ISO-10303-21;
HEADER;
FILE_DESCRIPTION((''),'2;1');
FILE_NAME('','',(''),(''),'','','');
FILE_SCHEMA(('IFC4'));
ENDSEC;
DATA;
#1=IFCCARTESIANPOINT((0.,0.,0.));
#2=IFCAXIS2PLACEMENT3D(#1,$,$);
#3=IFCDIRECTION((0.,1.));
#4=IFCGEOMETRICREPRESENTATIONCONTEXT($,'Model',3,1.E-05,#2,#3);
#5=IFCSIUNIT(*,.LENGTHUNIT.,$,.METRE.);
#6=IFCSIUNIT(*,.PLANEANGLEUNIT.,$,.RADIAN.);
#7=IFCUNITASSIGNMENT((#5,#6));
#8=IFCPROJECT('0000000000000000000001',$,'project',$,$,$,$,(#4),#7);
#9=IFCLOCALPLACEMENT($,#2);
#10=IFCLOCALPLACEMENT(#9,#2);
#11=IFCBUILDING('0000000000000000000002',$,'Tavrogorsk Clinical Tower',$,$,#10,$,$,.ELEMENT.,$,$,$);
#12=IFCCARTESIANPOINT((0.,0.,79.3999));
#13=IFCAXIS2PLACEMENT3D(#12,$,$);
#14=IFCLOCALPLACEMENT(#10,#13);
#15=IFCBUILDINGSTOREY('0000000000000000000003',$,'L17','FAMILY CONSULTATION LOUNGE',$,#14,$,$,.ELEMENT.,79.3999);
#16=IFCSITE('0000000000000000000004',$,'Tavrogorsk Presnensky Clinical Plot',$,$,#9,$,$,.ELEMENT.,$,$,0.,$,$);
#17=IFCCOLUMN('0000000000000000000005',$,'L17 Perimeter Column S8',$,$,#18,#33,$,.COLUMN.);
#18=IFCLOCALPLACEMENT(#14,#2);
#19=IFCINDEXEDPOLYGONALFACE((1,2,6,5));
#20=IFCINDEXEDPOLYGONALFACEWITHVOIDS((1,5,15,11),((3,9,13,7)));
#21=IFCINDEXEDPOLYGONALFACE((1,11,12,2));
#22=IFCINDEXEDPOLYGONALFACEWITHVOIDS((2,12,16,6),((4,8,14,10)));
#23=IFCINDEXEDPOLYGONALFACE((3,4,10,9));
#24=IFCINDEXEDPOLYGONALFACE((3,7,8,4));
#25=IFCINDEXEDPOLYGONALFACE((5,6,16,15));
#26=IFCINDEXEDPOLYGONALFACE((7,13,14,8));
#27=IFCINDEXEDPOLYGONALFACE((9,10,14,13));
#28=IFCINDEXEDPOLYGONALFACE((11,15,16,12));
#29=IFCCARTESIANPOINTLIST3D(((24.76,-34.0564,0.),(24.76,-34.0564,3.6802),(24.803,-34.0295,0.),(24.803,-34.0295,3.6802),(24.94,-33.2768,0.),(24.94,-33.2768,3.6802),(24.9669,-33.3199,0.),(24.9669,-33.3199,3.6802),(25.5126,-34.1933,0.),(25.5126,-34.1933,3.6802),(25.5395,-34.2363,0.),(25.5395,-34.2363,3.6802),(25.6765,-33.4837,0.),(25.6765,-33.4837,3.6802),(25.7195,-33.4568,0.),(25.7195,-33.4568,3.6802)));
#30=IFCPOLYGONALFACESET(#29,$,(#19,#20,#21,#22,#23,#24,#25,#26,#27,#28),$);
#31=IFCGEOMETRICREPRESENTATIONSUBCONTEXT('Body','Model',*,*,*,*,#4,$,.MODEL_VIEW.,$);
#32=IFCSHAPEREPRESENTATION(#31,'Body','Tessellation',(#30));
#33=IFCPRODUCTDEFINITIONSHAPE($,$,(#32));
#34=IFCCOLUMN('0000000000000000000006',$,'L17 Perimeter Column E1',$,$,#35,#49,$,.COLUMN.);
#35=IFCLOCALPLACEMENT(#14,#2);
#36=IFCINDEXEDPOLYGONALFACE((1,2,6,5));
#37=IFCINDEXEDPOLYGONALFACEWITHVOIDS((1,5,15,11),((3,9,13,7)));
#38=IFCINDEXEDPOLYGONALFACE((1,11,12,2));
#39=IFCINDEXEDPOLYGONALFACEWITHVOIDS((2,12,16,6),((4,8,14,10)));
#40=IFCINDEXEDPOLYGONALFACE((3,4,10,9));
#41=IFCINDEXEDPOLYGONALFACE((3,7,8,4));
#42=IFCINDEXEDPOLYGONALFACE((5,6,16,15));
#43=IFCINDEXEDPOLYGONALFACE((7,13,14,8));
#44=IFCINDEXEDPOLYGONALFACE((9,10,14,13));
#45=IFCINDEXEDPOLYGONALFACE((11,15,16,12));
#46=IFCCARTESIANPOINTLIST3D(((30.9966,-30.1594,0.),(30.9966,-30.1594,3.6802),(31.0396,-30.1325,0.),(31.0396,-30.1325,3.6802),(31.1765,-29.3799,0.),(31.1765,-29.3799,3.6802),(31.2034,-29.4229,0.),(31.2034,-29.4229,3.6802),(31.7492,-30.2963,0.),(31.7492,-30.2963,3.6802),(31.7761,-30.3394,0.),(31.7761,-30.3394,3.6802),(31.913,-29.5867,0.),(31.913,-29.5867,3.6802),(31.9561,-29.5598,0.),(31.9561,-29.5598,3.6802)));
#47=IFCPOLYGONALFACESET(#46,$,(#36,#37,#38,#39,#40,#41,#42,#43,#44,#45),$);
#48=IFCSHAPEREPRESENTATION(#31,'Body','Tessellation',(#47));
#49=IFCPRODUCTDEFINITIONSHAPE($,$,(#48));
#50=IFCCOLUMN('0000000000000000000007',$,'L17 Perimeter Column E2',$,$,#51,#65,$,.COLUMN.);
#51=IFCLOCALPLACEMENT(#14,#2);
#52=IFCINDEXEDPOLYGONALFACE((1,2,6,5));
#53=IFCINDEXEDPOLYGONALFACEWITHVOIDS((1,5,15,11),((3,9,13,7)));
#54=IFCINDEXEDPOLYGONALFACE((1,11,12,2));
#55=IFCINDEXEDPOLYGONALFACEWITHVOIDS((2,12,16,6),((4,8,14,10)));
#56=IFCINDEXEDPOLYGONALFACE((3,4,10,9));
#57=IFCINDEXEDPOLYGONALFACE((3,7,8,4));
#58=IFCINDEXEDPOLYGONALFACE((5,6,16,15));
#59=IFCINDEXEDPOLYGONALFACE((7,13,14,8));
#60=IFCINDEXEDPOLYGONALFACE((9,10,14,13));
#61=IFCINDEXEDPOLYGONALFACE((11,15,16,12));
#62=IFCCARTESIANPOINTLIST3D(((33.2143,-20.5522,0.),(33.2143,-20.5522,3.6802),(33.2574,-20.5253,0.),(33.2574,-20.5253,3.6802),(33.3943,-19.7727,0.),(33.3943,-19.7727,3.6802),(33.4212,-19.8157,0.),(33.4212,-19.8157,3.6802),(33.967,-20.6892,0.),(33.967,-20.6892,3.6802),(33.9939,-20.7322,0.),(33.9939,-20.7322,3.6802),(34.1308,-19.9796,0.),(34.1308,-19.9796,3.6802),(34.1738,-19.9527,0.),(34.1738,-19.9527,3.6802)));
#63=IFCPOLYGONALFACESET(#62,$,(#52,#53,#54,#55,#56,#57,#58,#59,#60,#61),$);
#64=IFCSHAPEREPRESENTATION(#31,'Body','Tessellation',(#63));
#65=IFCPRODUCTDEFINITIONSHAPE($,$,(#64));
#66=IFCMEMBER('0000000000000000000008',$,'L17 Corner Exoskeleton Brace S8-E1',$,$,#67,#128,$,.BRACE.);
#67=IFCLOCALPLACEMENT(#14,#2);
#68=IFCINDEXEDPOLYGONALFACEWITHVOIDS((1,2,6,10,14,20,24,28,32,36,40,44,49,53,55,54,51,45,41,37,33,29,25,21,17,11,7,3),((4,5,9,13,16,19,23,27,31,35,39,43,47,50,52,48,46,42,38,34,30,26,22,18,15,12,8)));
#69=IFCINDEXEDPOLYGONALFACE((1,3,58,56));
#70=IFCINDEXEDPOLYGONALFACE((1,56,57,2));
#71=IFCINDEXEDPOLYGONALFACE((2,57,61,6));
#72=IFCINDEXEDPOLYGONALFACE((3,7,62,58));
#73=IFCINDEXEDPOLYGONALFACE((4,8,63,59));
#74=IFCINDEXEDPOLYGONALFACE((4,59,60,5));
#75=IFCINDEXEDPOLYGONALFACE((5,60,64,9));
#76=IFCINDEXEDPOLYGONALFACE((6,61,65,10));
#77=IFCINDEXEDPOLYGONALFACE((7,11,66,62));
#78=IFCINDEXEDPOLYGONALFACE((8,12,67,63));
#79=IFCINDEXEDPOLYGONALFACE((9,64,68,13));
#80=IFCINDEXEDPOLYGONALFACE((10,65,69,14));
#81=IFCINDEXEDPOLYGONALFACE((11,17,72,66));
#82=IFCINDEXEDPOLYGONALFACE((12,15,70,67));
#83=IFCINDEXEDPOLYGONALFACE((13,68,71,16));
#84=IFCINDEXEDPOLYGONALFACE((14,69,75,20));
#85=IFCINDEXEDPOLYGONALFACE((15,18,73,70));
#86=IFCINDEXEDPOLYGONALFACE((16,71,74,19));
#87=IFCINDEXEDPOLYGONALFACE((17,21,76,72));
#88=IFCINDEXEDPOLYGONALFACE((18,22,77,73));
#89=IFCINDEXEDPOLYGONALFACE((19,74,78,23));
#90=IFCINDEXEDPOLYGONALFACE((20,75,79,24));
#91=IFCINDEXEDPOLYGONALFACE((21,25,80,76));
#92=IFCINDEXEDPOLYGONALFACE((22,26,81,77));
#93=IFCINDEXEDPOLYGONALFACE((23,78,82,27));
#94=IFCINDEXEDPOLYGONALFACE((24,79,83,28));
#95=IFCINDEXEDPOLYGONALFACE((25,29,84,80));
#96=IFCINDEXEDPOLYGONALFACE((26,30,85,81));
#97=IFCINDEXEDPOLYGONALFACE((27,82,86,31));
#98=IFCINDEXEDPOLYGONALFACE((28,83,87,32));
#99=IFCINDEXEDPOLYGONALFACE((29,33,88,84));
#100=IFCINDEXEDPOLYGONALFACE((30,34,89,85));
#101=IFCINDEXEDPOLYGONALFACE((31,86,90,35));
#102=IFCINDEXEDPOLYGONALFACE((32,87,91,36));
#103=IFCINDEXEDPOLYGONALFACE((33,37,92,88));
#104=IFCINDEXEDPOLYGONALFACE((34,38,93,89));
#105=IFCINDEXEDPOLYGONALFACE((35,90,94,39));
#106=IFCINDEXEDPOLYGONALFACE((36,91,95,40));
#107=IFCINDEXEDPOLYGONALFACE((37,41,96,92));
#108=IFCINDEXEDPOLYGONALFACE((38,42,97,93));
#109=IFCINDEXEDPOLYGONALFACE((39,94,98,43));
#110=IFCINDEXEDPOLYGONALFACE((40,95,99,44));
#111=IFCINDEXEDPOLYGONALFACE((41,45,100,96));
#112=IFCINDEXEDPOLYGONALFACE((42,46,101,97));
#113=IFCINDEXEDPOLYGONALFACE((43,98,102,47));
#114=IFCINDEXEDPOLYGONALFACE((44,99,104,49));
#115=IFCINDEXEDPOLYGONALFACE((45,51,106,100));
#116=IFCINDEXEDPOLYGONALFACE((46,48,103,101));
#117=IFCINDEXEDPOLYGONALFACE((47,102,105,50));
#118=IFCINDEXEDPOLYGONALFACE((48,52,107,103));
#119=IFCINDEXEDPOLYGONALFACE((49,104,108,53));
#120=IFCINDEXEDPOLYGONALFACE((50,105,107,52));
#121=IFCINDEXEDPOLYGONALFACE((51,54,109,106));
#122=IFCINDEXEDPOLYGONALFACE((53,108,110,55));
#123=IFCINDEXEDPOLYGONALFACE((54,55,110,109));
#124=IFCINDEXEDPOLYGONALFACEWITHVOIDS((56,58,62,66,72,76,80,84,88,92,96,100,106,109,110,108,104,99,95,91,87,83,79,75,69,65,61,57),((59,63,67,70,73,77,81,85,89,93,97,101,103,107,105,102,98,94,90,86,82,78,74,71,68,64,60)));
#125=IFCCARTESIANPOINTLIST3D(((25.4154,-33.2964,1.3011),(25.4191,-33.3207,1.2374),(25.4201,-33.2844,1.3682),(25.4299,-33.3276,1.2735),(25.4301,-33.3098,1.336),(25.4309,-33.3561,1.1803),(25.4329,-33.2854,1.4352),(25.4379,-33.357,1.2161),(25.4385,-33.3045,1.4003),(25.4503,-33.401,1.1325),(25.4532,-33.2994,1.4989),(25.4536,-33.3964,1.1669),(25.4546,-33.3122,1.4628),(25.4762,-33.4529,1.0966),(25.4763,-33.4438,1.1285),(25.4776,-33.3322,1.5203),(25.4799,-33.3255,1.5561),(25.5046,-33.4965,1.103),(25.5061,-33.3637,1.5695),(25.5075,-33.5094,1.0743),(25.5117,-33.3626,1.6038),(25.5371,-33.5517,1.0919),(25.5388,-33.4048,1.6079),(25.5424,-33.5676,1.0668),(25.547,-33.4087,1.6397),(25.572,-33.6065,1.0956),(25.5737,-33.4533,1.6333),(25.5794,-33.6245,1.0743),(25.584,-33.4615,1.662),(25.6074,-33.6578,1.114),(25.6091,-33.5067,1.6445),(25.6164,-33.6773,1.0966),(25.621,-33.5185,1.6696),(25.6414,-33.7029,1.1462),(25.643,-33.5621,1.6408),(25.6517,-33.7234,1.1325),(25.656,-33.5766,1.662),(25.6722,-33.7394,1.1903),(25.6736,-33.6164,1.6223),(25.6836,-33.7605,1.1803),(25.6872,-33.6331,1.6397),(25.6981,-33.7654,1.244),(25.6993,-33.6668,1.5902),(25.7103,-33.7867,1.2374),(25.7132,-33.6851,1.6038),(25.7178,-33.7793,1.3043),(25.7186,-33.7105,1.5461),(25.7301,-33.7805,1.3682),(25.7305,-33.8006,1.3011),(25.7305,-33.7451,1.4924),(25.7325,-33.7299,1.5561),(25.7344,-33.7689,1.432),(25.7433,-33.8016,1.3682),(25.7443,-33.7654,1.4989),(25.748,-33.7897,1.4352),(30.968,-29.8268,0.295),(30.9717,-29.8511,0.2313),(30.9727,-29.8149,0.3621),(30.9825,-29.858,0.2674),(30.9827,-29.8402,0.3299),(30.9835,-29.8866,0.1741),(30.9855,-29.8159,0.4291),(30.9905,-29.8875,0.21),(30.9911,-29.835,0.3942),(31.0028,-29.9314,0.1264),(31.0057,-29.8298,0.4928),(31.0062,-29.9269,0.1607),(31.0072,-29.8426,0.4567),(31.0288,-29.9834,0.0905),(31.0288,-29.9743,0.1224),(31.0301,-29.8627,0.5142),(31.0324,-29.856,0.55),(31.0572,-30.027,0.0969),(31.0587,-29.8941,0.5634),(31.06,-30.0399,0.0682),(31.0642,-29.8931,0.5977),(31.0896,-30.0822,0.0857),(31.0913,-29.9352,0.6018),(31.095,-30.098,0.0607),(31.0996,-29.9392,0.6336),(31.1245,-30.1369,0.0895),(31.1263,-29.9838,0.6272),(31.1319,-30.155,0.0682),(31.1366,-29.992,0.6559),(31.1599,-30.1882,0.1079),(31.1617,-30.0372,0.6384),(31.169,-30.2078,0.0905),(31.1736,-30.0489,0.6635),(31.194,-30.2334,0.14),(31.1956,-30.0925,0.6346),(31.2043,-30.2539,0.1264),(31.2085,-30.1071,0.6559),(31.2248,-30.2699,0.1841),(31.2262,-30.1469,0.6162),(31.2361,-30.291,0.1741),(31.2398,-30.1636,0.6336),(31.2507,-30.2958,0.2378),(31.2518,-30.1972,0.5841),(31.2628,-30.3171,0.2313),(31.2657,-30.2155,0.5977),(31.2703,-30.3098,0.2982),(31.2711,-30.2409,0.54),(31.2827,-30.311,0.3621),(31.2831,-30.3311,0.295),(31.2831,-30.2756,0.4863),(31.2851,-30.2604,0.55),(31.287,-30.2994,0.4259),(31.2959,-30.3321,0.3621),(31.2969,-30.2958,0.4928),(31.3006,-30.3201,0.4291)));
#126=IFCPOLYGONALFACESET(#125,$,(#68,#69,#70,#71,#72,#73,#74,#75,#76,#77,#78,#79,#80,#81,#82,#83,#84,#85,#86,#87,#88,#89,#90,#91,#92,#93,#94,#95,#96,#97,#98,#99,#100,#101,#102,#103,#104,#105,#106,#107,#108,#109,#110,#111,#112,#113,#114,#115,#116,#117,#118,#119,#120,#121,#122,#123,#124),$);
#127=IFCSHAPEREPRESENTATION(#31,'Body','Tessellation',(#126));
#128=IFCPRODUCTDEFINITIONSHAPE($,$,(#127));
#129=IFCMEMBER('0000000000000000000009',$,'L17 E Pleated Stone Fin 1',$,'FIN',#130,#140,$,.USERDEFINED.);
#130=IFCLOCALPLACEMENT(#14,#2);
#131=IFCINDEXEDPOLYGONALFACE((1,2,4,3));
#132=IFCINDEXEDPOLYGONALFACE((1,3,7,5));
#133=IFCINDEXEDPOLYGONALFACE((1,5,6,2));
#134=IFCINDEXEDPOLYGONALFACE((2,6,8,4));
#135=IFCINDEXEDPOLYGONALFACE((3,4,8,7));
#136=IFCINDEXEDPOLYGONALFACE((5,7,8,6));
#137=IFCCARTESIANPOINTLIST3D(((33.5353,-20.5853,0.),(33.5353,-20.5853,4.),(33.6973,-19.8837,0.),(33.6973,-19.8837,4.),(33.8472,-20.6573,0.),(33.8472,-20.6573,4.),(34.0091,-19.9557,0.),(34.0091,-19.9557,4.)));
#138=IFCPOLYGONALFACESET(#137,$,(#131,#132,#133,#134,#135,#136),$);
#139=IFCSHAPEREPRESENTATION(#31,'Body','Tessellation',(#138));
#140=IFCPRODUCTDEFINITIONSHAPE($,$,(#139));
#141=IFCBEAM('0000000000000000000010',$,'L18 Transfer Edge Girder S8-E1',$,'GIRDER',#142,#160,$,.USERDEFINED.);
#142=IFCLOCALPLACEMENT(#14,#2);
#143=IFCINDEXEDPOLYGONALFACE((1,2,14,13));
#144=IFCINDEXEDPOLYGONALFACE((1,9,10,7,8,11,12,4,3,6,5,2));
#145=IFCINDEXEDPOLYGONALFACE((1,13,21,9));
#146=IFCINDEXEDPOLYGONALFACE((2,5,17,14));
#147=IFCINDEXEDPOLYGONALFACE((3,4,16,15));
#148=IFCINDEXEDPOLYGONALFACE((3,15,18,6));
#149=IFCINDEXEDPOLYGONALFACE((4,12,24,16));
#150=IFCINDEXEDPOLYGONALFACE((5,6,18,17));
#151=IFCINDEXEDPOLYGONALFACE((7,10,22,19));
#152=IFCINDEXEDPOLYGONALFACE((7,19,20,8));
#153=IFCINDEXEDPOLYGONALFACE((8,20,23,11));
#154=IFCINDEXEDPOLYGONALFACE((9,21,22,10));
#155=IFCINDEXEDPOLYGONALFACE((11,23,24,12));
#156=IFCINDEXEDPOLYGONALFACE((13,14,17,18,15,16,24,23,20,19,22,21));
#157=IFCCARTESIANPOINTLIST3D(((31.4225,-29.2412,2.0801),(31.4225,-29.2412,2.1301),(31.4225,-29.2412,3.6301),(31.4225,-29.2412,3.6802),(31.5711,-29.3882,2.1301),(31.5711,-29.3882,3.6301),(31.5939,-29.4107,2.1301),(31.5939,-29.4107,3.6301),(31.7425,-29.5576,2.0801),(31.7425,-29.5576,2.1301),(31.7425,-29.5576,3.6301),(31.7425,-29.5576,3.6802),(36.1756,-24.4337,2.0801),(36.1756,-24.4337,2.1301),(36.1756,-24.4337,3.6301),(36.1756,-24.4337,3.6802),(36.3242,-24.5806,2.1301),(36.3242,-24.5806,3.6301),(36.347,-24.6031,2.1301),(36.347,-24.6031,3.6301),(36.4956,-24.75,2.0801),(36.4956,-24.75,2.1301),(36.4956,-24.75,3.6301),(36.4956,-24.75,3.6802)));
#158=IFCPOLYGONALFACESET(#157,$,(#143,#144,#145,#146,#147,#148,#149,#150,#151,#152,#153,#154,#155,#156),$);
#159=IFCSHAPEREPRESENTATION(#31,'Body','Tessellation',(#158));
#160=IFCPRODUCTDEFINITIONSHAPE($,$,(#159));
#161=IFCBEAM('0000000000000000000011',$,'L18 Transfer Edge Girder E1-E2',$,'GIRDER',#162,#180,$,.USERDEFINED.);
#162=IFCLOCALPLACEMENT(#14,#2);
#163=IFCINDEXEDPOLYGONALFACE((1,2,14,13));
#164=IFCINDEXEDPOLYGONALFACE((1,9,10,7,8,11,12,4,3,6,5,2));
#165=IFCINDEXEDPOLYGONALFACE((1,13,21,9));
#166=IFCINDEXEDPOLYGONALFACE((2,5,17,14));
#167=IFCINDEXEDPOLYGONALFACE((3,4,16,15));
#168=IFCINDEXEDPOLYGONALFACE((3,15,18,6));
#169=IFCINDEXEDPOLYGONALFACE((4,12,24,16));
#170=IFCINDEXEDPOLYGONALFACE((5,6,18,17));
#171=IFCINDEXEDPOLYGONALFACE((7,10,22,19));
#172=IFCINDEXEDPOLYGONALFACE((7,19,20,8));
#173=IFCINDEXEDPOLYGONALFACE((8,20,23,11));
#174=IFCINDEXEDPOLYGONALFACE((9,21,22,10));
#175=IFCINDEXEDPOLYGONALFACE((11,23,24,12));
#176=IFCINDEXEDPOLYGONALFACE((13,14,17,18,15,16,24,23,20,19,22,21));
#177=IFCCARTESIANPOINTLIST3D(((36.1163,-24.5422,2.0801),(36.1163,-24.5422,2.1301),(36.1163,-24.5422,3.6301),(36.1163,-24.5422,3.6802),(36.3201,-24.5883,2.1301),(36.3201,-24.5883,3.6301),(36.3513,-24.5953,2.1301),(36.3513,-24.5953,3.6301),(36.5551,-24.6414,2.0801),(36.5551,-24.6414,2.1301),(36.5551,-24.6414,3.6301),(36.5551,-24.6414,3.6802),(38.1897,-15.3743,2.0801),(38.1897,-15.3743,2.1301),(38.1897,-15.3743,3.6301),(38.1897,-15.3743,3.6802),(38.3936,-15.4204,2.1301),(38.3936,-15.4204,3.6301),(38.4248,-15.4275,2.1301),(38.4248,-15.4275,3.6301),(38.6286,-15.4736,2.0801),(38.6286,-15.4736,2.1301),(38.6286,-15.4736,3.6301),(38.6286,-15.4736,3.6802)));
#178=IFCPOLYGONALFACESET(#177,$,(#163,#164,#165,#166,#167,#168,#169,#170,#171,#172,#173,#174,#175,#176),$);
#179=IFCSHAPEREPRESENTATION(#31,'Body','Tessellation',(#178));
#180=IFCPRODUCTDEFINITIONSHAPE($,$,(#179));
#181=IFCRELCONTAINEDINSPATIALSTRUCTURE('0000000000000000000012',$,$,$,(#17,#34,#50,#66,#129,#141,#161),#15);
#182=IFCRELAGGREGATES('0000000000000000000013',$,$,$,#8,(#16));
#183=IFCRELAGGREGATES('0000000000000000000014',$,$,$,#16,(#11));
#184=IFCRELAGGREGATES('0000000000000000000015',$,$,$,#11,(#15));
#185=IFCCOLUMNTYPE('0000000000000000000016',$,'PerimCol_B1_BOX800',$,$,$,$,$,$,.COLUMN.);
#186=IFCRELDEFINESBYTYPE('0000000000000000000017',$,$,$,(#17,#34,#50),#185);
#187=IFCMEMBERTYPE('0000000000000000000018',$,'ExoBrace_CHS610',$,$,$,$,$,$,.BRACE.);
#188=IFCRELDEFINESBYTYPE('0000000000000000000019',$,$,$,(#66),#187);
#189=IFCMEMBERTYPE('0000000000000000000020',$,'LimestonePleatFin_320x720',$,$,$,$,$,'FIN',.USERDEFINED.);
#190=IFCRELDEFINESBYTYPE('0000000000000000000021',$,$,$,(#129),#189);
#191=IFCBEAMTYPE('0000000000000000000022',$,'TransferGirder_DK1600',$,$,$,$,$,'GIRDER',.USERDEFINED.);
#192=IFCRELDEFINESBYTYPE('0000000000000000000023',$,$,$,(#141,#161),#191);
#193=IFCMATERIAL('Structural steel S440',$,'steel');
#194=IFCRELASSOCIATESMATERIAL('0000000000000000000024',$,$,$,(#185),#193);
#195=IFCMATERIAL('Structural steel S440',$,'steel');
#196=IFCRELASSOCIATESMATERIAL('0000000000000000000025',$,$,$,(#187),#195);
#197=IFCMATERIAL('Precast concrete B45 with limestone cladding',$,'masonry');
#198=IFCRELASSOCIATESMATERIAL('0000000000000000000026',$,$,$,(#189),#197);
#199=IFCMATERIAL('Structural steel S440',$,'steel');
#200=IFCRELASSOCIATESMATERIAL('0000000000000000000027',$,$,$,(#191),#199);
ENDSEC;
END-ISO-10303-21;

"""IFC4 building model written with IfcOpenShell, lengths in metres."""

from ifc_helpers import new_model, si_unit, direction, frame, origin, origin_2d, place, context, subcontext, project, spatial, rectangle, hollow_rectangle, hollow_circle, i_section, extrude, material, material_profile, profile_set, type_object, element, save


model = new_model("IFC4")

# Units and contexts
model_context = context("Model", 3, precision=1e-05, world=origin(), true_north=direction((0.0, 1.0)))
body_context = subcontext(model_context, "Body", "Model", "MODEL_VIEW")
ifc_project = project(units=[si_unit("LENGTHUNIT", "METRE"), si_unit("PLANEANGLEUNIT", "RADIAN")], contexts=[model_context])

# Site, building, storey
site_placement = place(None, origin())
site = spatial("IfcSite", under=ifc_project, at=site_placement, Name="Tavrogorsk Presnensky Clinical Plot", CompositionType="ELEMENT", RefElevation=0.0)
building_placement = place(site_placement, origin())
building = spatial("IfcBuilding", under=site, at=building_placement, Name="Tavrogorsk Clinical Tower", CompositionType="ELEMENT")
storey_placement = place(building_placement, frame((0.0, 0.0, 79.3999)))
storey = spatial("IfcBuildingStorey", under=building, at=storey_placement, Name="L17", Description="FAMILY CONSULTATION LOUNGE", CompositionType="ELEMENT", Elevation=79.3999)

# Columns
ifc_material_1 = material(Name="Structural steel S440", Category="steel")
ifc_material_profile_1 = material_profile(ifc_material_1, hollow_rectangle(XDim=0.8, YDim=0.8, WallThickness=0.0359, at=origin_2d()), Name="BOX-800x800x36")
ifc_profile_set_1 = profile_set([ifc_material_profile_1], Name="Structural steel S440")
column_type = type_object("IfcColumnType", Name="PerimCol_B1_BOX800", PredefinedType="COLUMN", material=ifc_profile_set_1)
for number, where, z_axis, x_axis, name in (
    (1, (25.2397, -33.7566, 0.0), (0.0, 0.0, 1.0), (0.97437, -0.224951, 0.0), "L17 Perimeter Column S8"),
    (2, (31.4763, -29.8596, 0.0), (0.0, 0.0, 1.0), (0.97437, -0.224951, 0.0), "L17 Perimeter Column E1"),
    (3, (33.6941, -20.2524, 0.0), (0.0, 0.0, 1.0), (0.97437, -0.224951, 0.0), "L17 Perimeter Column E2"),
):
    element("IfcColumn", number, at=place(storey_placement, frame(where, z_axis=z_axis, x_axis=x_axis)), inside=storey, type_object=column_type, Name=name, PredefinedType="COLUMN", context=body_context, shape_type="SweptSolid", body=[
        extrude(hollow_rectangle(XDim=0.8, YDim=0.8, WallThickness=0.0359, at=origin_2d()), origin(), (0.0, 0.0, 1.0), 3.6802),
    ])

# Members
ifc_material_2 = material(Name="Structural steel S440", Category="steel")
ifc_material_profile_2 = material_profile(ifc_material_2, hollow_circle(Radius=0.3049, WallThickness=0.0249, at=origin_2d()), Name="CHS-610x25")
ifc_profile_set_2 = profile_set([ifc_material_profile_2], Name="Structural steel S440")
member_type_1 = type_object("IfcMemberType", Name="ExoBrace_CHS610", PredefinedType="BRACE", material=ifc_profile_set_2)
member_1_placement = place(storey_placement, frame((31.1343, -30.0735, 0.3621), z_axis=(-0.838216, -0.523761, 0.151884), x_axis=(0.529908, -0.848055, 0.0)))
element("IfcMember", 4, at=member_1_placement, inside=storey, type_object=member_type_1, Name="L17 Corner Exoskeleton Brace S8-E1", PredefinedType="BRACE", context=body_context, shape_type="SweptSolid", body=[
    extrude(hollow_circle(Radius=0.3049, WallThickness=0.0249, at=origin_2d()), origin(), (0.0, 0.0, 1.0), 6.6243),
])
ifc_material_3 = material(Name="Precast concrete B45 with limestone cladding", Category="masonry")
ifc_material_profile_3 = material_profile(ifc_material_3, rectangle(XDim=0.3201, YDim=0.72, at=origin_2d()), Name="LIMESTONE-FIN-320x720")
ifc_profile_set_3 = profile_set([ifc_material_profile_3], Name="Precast concrete B45 with limestone cladding")
member_type_2 = type_object("IfcMemberType", Name="LimestonePleatFin_320x720", ElementType="FIN", PredefinedType="USERDEFINED", material=ifc_profile_set_3)
member_2_placement = place(storey_placement, frame((33.7722, -20.2705, 0.0), z_axis=(0.0, 0.0, 1.0), x_axis=(0.97437, -0.224951, 0.0)))
element("IfcMember", 5, at=member_2_placement, inside=storey, type_object=member_type_2, Name="L17 E Pleated Stone Fin 1", ObjectType="FIN", PredefinedType="USERDEFINED", context=body_context, shape_type="SweptSolid", body=[
    extrude(rectangle(XDim=0.3201, YDim=0.72, at=origin_2d()), origin(), (0.0, 0.0, 1.0), 4.0),
])

# Beams
ifc_material_4 = material(Name="Structural steel S440", Category="steel")
ifc_material_profile_4 = material_profile(ifc_material_4, i_section(OverallWidth=0.45, OverallDepth=1.6001, WebThickness=0.032, FlangeThickness=0.05, at=origin_2d()), Name="DK-1600x450x32x50")
ifc_profile_set_4 = profile_set([ifc_material_profile_4], Name="Structural steel S440")
beam_type_1 = type_object("IfcBeamType", Name="TransferGirder_DK1600", ElementType="GIRDER", PredefinedType="USERDEFINED", material=ifc_profile_set_4)
beam_1_placement = place(storey_placement, frame((31.5825, -29.3994, 2.8801), z_axis=(0.703069, 0.711122, 0.0), x_axis=(-0.711122, 0.703069, 0.0)))
element("IfcBeam", 6, at=beam_1_placement, inside=storey, type_object=beam_type_1, Name="L18 Transfer Edge Girder S8-E1", ObjectType="GIRDER", PredefinedType="USERDEFINED", context=body_context, shape_type="SweptSolid", body=[
    extrude(i_section(OverallWidth=0.45, OverallDepth=1.6001, WebThickness=0.032, FlangeThickness=0.05, at=origin_2d()), origin(), (0.0, 0.0, 1.0), 6.7605),
])
beam_2_placement = place(storey_placement, frame((36.3357, -24.5918, 2.8801), z_axis=(0.220595, 0.975366, 0.0), x_axis=(-0.975366, 0.220595, 0.0)))
element("IfcBeam", 7, at=beam_2_placement, inside=storey, type_object=beam_type_1, Name="L18 Transfer Edge Girder E1-E2", ObjectType="GIRDER", PredefinedType="USERDEFINED", context=body_context, shape_type="SweptSolid", body=[
    extrude(i_section(OverallWidth=0.45, OverallDepth=1.6001, WebThickness=0.032, FlangeThickness=0.05, at=origin_2d()), origin(), (0.0, 0.0, 1.0), 9.3994),
])

save(model, "model.ifc")
